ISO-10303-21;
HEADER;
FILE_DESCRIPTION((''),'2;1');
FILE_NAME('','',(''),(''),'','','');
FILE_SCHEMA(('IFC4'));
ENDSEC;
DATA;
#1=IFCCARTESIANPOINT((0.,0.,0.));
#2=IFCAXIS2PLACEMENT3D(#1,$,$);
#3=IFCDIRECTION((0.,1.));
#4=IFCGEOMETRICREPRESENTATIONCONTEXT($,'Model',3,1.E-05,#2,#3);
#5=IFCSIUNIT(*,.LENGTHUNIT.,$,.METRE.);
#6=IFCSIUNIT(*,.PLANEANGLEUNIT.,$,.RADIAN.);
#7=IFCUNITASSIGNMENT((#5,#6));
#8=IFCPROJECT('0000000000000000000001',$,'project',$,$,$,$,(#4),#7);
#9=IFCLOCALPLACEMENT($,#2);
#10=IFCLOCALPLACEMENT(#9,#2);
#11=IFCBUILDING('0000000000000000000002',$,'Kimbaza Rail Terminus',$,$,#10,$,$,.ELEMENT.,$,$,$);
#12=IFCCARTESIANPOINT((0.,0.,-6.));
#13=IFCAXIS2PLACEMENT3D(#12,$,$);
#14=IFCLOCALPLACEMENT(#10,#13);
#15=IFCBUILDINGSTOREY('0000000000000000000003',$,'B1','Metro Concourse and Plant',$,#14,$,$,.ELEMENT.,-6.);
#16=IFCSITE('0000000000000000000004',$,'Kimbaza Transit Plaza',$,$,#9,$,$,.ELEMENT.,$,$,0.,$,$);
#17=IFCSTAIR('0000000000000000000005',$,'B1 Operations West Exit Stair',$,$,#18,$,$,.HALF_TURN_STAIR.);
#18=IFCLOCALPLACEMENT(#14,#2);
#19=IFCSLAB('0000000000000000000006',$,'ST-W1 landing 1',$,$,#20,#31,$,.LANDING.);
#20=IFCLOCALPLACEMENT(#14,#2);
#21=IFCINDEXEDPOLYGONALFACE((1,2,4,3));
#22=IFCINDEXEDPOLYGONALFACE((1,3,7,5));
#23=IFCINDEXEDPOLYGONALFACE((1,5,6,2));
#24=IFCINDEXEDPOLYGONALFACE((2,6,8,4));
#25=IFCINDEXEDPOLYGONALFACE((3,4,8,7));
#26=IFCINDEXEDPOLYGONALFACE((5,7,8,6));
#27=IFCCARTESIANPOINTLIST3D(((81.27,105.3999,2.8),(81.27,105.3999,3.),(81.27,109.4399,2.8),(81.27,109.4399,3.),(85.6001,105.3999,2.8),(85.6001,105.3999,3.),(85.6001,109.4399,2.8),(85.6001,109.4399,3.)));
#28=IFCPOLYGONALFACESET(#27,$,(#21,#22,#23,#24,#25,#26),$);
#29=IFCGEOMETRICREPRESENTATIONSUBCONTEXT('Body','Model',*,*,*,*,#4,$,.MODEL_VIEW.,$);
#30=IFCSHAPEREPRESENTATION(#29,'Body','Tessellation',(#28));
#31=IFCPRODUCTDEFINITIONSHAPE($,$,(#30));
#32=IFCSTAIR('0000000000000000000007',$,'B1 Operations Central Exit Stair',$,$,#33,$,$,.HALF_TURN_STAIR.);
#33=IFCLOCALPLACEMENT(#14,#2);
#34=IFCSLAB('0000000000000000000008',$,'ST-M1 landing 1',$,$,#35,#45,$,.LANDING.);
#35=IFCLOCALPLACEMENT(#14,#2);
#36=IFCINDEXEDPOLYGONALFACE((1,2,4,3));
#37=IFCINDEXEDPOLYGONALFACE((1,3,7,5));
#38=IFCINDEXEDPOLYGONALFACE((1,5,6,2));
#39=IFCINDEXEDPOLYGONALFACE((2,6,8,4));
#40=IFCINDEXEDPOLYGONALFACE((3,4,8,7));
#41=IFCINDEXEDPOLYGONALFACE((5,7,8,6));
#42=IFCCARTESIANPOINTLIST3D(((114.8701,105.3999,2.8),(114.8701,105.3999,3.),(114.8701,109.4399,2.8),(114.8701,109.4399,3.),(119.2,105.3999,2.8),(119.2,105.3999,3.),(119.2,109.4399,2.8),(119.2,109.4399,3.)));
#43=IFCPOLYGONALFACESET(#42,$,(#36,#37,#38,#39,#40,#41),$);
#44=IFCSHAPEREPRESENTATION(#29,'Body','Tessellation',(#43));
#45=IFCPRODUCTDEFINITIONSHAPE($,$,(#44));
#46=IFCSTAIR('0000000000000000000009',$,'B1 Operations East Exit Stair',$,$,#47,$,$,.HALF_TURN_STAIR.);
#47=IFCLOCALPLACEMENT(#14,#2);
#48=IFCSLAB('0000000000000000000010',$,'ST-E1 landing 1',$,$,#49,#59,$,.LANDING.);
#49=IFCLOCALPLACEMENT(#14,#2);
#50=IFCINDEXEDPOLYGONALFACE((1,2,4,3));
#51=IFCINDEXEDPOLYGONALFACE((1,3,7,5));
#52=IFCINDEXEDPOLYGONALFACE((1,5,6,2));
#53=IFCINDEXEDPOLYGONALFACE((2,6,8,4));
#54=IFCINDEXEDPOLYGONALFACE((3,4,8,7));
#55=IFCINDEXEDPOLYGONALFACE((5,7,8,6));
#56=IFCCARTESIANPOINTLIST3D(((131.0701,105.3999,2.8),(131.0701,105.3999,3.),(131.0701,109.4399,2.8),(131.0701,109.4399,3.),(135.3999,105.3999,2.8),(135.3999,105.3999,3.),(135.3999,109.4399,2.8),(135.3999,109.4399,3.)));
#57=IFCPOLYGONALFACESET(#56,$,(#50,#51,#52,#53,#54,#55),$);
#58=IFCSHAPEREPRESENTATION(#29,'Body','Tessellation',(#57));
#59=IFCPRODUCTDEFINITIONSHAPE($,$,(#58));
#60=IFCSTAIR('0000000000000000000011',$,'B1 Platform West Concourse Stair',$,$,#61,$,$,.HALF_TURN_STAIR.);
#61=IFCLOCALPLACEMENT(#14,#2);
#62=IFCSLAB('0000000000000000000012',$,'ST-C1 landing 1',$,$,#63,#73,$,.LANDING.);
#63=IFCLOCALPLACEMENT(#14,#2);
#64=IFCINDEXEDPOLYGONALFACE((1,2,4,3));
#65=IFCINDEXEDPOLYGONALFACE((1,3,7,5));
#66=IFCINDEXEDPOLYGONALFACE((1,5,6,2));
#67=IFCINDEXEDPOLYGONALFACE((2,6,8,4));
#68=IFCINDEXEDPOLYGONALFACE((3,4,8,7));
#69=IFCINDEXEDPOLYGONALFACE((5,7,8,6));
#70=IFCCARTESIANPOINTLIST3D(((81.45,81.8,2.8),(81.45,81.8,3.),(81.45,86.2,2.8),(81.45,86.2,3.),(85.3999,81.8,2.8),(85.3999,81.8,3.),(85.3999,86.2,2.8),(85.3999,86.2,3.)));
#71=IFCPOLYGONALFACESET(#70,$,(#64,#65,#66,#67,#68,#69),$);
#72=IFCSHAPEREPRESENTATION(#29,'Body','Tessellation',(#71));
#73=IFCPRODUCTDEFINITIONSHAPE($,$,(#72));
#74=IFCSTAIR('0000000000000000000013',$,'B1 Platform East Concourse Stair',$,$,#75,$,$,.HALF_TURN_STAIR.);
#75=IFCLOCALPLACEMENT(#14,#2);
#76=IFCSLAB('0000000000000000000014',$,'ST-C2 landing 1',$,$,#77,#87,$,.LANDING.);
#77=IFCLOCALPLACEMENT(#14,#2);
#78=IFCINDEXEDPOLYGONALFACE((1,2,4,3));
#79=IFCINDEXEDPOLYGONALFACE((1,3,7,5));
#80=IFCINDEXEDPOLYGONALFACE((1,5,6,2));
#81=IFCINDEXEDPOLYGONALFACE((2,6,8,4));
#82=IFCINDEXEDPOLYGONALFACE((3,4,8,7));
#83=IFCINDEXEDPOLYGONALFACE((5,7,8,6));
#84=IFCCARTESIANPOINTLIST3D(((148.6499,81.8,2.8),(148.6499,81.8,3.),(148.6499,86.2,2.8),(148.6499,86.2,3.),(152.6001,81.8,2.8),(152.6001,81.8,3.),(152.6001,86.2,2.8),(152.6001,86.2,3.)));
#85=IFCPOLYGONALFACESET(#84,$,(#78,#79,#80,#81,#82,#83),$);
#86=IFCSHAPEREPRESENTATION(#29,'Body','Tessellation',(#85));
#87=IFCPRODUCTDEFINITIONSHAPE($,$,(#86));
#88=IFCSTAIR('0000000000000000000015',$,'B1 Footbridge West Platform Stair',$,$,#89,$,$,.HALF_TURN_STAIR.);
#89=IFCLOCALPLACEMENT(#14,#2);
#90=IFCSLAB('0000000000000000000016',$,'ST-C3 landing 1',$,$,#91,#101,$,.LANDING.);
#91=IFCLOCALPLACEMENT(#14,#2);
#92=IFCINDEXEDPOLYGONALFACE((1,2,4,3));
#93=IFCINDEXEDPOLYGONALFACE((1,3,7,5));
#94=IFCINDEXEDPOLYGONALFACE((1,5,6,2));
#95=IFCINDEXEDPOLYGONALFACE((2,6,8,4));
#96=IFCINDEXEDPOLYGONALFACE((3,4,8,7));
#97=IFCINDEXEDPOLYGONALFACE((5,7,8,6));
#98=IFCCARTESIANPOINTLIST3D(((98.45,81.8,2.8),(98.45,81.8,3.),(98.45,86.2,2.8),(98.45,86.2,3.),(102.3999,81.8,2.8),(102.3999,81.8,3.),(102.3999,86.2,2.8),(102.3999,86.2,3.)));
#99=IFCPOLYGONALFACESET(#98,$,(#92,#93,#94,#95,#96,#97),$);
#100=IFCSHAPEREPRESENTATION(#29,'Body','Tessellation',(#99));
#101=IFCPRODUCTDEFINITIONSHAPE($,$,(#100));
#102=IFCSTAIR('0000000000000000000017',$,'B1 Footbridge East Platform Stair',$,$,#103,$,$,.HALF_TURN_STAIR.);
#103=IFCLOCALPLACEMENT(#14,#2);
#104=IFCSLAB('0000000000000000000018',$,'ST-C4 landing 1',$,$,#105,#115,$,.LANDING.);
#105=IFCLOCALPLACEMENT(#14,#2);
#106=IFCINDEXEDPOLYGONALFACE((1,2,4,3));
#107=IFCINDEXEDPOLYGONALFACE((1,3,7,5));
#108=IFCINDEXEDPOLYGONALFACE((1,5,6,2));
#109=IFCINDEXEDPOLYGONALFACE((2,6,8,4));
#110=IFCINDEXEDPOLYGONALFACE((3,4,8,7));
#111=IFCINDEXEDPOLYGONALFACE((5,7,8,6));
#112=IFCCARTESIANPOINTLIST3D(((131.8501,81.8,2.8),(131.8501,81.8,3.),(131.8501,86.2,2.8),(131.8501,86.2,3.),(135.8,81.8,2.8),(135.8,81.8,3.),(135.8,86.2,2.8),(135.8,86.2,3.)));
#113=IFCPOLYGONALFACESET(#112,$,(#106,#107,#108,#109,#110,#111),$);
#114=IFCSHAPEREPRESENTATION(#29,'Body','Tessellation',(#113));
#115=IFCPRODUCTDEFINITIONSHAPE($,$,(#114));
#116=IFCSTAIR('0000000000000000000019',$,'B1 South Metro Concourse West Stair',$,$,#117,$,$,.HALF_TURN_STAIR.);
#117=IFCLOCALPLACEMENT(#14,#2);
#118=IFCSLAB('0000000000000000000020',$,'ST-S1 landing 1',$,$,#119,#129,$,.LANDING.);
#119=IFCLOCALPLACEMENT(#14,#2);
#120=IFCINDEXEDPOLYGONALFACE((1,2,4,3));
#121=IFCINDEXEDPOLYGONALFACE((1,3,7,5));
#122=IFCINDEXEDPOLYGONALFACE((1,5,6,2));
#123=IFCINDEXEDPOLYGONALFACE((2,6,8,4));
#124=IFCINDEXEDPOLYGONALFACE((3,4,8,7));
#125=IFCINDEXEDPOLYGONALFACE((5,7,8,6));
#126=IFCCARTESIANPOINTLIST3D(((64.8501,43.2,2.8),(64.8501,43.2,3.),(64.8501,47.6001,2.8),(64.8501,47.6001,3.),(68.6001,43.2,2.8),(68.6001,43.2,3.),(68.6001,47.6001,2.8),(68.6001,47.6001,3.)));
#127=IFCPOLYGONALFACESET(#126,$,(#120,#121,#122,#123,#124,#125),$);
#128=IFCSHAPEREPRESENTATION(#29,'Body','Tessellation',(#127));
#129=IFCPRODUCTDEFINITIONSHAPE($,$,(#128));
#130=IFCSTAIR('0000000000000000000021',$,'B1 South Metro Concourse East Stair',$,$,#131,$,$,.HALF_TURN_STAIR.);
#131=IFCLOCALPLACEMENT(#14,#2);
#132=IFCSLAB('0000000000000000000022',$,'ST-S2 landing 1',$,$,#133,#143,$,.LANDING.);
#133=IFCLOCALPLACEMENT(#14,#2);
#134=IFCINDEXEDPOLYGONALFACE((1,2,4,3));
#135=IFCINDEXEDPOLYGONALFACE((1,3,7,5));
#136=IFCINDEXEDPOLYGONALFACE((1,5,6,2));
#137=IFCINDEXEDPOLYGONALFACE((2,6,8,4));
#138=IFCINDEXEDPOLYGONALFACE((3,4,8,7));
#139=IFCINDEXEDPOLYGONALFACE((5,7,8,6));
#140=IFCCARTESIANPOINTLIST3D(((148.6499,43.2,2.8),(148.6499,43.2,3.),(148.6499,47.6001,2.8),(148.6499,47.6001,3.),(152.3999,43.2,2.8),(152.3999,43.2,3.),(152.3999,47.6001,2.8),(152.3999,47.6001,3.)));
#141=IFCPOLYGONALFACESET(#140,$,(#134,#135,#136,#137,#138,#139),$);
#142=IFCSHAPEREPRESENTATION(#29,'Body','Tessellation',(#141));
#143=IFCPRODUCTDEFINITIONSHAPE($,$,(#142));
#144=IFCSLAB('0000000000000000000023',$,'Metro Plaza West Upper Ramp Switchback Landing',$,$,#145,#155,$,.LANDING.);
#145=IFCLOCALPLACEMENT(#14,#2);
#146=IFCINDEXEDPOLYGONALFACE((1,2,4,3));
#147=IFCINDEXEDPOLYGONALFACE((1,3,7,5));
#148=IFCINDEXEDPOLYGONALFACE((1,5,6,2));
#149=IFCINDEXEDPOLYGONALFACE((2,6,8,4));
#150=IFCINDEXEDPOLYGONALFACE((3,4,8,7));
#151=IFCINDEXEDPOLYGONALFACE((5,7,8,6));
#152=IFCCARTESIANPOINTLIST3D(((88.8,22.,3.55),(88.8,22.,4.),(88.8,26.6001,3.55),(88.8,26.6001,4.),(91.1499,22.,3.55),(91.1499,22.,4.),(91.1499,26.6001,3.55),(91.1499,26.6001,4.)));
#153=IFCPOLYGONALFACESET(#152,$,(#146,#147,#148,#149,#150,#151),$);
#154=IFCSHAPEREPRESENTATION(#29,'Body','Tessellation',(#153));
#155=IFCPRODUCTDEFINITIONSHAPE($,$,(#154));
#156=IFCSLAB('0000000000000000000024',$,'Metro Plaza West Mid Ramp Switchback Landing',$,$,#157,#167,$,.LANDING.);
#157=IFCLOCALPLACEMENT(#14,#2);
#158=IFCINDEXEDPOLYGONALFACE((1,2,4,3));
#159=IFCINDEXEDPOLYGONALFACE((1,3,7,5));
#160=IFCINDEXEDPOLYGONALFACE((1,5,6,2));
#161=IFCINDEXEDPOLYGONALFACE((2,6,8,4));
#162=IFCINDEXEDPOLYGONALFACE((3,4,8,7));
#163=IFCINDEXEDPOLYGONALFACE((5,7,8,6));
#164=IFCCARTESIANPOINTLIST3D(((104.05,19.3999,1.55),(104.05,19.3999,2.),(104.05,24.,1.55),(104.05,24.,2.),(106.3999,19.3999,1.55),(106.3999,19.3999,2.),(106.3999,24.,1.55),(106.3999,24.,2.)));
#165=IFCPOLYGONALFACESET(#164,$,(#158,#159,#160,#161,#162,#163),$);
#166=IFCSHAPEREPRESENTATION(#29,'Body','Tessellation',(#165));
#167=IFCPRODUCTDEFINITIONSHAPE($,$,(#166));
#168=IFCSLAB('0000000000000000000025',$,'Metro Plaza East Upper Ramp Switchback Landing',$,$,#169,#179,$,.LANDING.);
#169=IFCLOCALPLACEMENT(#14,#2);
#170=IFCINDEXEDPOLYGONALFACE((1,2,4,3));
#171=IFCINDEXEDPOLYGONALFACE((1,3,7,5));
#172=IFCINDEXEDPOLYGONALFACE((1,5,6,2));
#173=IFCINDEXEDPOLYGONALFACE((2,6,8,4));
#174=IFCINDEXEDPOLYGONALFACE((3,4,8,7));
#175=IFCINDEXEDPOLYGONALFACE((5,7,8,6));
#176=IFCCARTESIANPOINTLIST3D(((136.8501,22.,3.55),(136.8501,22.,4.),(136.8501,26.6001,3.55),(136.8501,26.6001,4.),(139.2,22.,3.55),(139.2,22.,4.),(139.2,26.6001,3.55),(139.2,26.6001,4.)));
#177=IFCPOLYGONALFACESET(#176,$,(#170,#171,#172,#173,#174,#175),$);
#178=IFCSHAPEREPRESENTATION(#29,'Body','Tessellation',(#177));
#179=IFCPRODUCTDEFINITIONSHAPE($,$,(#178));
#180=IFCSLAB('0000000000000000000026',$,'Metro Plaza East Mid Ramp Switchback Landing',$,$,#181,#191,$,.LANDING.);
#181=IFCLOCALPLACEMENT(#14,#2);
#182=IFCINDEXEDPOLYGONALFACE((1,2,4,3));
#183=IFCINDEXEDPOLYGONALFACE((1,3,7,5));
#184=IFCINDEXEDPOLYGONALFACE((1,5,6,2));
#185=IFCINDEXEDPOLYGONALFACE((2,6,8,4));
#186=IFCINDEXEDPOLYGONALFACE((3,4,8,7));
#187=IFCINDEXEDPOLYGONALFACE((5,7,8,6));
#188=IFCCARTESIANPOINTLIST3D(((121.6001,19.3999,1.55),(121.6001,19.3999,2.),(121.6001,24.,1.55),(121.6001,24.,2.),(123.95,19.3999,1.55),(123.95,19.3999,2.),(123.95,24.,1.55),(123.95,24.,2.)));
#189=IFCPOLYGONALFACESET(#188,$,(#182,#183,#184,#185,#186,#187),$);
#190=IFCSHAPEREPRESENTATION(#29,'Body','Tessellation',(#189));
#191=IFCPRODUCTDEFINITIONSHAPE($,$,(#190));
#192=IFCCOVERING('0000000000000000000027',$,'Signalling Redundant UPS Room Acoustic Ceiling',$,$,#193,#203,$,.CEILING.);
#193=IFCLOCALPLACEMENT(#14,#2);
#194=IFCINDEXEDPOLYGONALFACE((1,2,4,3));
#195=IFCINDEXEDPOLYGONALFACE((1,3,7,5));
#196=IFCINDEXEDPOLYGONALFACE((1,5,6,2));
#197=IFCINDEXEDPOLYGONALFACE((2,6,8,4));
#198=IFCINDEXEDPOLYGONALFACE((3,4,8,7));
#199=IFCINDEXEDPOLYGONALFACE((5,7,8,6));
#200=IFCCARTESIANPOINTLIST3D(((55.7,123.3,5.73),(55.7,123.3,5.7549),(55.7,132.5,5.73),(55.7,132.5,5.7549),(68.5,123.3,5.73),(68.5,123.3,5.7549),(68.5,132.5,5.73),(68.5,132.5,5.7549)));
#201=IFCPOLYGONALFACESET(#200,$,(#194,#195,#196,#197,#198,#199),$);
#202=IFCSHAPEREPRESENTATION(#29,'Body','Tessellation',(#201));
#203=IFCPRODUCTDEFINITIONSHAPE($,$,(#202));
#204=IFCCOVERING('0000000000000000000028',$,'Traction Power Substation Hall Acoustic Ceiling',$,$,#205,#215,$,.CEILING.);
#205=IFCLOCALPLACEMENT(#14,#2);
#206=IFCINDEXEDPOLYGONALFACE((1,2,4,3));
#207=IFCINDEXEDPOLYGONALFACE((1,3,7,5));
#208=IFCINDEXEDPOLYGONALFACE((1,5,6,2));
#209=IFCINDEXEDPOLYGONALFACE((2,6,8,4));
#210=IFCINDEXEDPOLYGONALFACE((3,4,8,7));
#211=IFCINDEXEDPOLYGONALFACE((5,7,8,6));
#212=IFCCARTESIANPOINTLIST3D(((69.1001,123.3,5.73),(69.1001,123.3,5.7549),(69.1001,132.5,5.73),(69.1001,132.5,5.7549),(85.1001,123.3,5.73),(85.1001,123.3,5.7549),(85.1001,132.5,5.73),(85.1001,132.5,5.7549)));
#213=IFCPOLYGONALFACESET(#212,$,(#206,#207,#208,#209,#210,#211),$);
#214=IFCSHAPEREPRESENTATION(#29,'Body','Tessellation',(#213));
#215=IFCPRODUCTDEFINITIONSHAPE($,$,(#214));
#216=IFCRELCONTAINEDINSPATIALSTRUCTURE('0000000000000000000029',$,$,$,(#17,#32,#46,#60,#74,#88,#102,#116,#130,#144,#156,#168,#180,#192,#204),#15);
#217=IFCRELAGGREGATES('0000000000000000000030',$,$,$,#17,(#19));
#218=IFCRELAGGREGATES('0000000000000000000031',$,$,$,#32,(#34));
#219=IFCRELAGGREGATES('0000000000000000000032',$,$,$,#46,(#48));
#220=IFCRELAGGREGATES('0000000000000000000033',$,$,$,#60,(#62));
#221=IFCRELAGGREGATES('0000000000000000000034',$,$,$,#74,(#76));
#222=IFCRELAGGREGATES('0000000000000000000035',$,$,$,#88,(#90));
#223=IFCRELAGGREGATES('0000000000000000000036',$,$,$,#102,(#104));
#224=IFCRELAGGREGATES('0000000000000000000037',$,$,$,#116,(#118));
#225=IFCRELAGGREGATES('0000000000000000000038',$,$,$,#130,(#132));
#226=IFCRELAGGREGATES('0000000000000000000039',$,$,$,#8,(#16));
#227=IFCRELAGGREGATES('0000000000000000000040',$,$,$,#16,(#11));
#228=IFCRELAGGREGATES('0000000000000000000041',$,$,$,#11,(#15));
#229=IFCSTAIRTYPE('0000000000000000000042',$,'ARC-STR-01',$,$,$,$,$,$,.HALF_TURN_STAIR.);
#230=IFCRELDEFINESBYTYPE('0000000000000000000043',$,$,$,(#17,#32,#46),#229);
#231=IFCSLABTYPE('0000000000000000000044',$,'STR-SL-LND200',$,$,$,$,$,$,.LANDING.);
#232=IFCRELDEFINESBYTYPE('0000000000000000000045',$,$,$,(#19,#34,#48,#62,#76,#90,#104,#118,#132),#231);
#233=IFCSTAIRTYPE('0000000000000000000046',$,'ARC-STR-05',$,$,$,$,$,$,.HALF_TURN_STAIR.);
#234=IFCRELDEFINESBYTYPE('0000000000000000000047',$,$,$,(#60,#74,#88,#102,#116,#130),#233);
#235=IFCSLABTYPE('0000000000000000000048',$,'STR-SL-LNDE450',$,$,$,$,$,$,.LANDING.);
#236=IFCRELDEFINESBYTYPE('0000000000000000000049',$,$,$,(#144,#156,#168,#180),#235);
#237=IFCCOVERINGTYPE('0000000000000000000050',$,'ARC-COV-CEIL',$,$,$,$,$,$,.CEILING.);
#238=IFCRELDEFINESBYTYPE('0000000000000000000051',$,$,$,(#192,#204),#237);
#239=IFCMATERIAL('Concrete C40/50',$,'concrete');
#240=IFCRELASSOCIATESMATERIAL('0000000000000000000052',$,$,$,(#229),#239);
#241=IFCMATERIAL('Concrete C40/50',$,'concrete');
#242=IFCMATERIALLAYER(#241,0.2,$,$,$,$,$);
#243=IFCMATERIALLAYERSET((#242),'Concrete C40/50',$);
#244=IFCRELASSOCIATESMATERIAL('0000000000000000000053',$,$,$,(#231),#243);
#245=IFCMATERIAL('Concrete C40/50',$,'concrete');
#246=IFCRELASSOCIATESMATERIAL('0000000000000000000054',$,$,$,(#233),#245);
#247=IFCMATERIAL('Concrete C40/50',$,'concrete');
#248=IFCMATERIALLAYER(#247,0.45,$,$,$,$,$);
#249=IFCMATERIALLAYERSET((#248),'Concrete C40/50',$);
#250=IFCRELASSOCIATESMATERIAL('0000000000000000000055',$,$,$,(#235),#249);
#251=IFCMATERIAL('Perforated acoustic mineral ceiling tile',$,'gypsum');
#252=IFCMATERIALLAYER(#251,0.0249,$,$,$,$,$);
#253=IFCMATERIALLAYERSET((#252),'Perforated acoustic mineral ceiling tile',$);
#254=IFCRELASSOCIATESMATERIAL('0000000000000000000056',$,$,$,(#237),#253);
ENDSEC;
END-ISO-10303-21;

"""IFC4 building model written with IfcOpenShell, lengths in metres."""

from ifc_helpers import new_model, si_unit, direction, frame, origin, place, context, subcontext, project, spatial, polyline, outline, extrude, material, layer, layer_set, type_object, element, aggregate, save


model = new_model("IFC4")

# Units and contexts
model_context = context("Model", 3, precision=1e-05, world=origin(), true_north=direction((0.0, 1.0)))
body_context = subcontext(model_context, "Body", "Model", "MODEL_VIEW")
ifc_project = project(units=[si_unit("LENGTHUNIT", "METRE"), si_unit("PLANEANGLEUNIT", "RADIAN")], contexts=[model_context])

# Site, building, storey
site_placement = place(None, origin())
site = spatial("IfcSite", under=ifc_project, at=site_placement, Name="Kimbaza Transit Plaza", CompositionType="ELEMENT", RefElevation=0.0)
building_placement = place(site_placement, origin())
building = spatial("IfcBuilding", under=site, at=building_placement, Name="Kimbaza Rail Terminus", CompositionType="ELEMENT")
storey_placement = place(building_placement, frame((0.0, 0.0, -6.0)))
storey = spatial("IfcBuildingStorey", under=building, at=storey_placement, Name="B1", Description="Metro Concourse and Plant", CompositionType="ELEMENT", Elevation=-6.0)

# Stairs, slabs
ifc_material_1 = material(Name="Concrete C40/50", Category="concrete")
stair_type_1 = type_object("IfcStairType", Name="ARC-STR-01", PredefinedType="HALF_TURN_STAIR", material=ifc_material_1)
stair_1_placement = place(storey_placement, origin())
stair_1 = element("IfcStair", 1, at=stair_1_placement, inside=storey, type_object=stair_type_1, Name="B1 Operations West Exit Stair", PredefinedType="HALF_TURN_STAIR")
ifc_material_2 = material(Name="Concrete C40/50", Category="concrete")
ifc_layer_1 = layer(ifc_material_2, 0.2)
ifc_layer_set_1 = layer_set([ifc_layer_1], Name="Concrete C40/50")
slab_type_1 = type_object("IfcSlabType", Name="STR-SL-LND200", PredefinedType="LANDING", material=ifc_layer_set_1)
slab_1_placement = place(storey_placement, frame((0.0, 0.0, 2.8)))
slab_1 = element("IfcSlab", 2, at=slab_1_placement, type_object=slab_type_1, Name="ST-W1 landing 1", PredefinedType="LANDING", context=body_context, shape_type="SweptSolid", body=[
    extrude(outline(polyline([(81.27, 105.3999), (85.6001, 105.3999), (85.6001, 109.4399), (81.27, 109.4399), (81.27, 105.3999)])), origin(), (0.0, 0.0, 1.0), 0.2),
])
aggregate(stair_1, [slab_1])
stair_2_placement = place(storey_placement, origin())
stair_2 = element("IfcStair", 3, at=stair_2_placement, inside=storey, type_object=stair_type_1, Name="B1 Operations Central Exit Stair", PredefinedType="HALF_TURN_STAIR")
slab_2_placement = place(storey_placement, frame((0.0, 0.0, 2.8)))
slab_2 = element("IfcSlab", 4, at=slab_2_placement, type_object=slab_type_1, Name="ST-M1 landing 1", PredefinedType="LANDING", context=body_context, shape_type="SweptSolid", body=[
    extrude(outline(polyline([(114.8701, 105.3999), (119.2, 105.3999), (119.2, 109.4399), (114.8701, 109.4399), (114.8701, 105.3999)])), origin(), (0.0, 0.0, 1.0), 0.2),
])
aggregate(stair_2, [slab_2])
stair_3_placement = place(storey_placement, origin())
stair_3 = element("IfcStair", 5, at=stair_3_placement, inside=storey, type_object=stair_type_1, Name="B1 Operations East Exit Stair", PredefinedType="HALF_TURN_STAIR")
slab_3_placement = place(storey_placement, frame((0.0, 0.0, 2.8)))
slab_3 = element("IfcSlab", 6, at=slab_3_placement, type_object=slab_type_1, Name="ST-E1 landing 1", PredefinedType="LANDING", context=body_context, shape_type="SweptSolid", body=[
    extrude(outline(polyline([(131.0701, 105.3999), (135.3999, 105.3999), (135.3999, 109.4399), (131.0701, 109.4399), (131.0701, 105.3999)])), origin(), (0.0, 0.0, 1.0), 0.2),
])
aggregate(stair_3, [slab_3])
ifc_material_3 = material(Name="Concrete C40/50", Category="concrete")
stair_type_2 = type_object("IfcStairType", Name="ARC-STR-05", PredefinedType="HALF_TURN_STAIR", material=ifc_material_3)
stair_4_placement = place(storey_placement, origin())
stair_4 = element("IfcStair", 7, at=stair_4_placement, inside=storey, type_object=stair_type_2, Name="B1 Platform West Concourse Stair", PredefinedType="HALF_TURN_STAIR")
slab_4_placement = place(storey_placement, frame((0.0, 0.0, 2.8)))
slab_4 = element("IfcSlab", 8, at=slab_4_placement, type_object=slab_type_1, Name="ST-C1 landing 1", PredefinedType="LANDING", context=body_context, shape_type="SweptSolid", body=[
    extrude(outline(polyline([(81.45, 81.8), (85.3999, 81.8), (85.3999, 86.2), (81.45, 86.2), (81.45, 81.8)])), origin(), (0.0, 0.0, 1.0), 0.2),
])
aggregate(stair_4, [slab_4])
stair_5_placement = place(storey_placement, origin())
stair_5 = element("IfcStair", 9, at=stair_5_placement, inside=storey, type_object=stair_type_2, Name="B1 Platform East Concourse Stair", PredefinedType="HALF_TURN_STAIR")
slab_5_placement = place(storey_placement, frame((0.0, 0.0, 2.8)))
slab_5 = element("IfcSlab", 10, at=slab_5_placement, type_object=slab_type_1, Name="ST-C2 landing 1", PredefinedType="LANDING", context=body_context, shape_type="SweptSolid", body=[
    extrude(outline(polyline([(148.6499, 81.8), (152.6001, 81.8), (152.6001, 86.2), (148.6499, 86.2), (148.6499, 81.8)])), origin(), (0.0, 0.0, 1.0), 0.2),
])
aggregate(stair_5, [slab_5])
stair_6_placement = place(storey_placement, origin())
stair_6 = element("IfcStair", 11, at=stair_6_placement, inside=storey, type_object=stair_type_2, Name="B1 Footbridge West Platform Stair", PredefinedType="HALF_TURN_STAIR")
slab_6_placement = place(storey_placement, frame((0.0, 0.0, 2.8)))
slab_6 = element("IfcSlab", 12, at=slab_6_placement, type_object=slab_type_1, Name="ST-C3 landing 1", PredefinedType="LANDING", context=body_context, shape_type="SweptSolid", body=[
    extrude(outline(polyline([(98.45, 81.8), (102.3999, 81.8), (102.3999, 86.2), (98.45, 86.2), (98.45, 81.8)])), origin(), (0.0, 0.0, 1.0), 0.2),
])
aggregate(stair_6, [slab_6])
stair_7_placement = place(storey_placement, origin())
stair_7 = element("IfcStair", 13, at=stair_7_placement, inside=storey, type_object=stair_type_2, Name="B1 Footbridge East Platform Stair", PredefinedType="HALF_TURN_STAIR")
slab_7_placement = place(storey_placement, frame((0.0, 0.0, 2.8)))
slab_7 = element("IfcSlab", 14, at=slab_7_placement, type_object=slab_type_1, Name="ST-C4 landing 1", PredefinedType="LANDING", context=body_context, shape_type="SweptSolid", body=[
    extrude(outline(polyline([(131.8501, 81.8), (135.8, 81.8), (135.8, 86.2), (131.8501, 86.2), (131.8501, 81.8)])), origin(), (0.0, 0.0, 1.0), 0.2),
])
aggregate(stair_7, [slab_7])
stair_8_placement = place(storey_placement, origin())
stair_8 = element("IfcStair", 15, at=stair_8_placement, inside=storey, type_object=stair_type_2, Name="B1 South Metro Concourse West Stair", PredefinedType="HALF_TURN_STAIR")
slab_8_placement = place(storey_placement, frame((0.0, 0.0, 2.8)))
slab_8 = element("IfcSlab", 16, at=slab_8_placement, type_object=slab_type_1, Name="ST-S1 landing 1", PredefinedType="LANDING", context=body_context, shape_type="SweptSolid", body=[
    extrude(outline(polyline([(64.8501, 43.2), (68.6001, 43.2), (68.6001, 47.6001), (64.8501, 47.6001), (64.8501, 43.2)])), origin(), (0.0, 0.0, 1.0), 0.2),
])
aggregate(stair_8, [slab_8])
stair_9_placement = place(storey_placement, origin())
stair_9 = element("IfcStair", 17, at=stair_9_placement, inside=storey, type_object=stair_type_2, Name="B1 South Metro Concourse East Stair", PredefinedType="HALF_TURN_STAIR")
slab_9_placement = place(storey_placement, frame((0.0, 0.0, 2.8)))
slab_9 = element("IfcSlab", 18, at=slab_9_placement, type_object=slab_type_1, Name="ST-S2 landing 1", PredefinedType="LANDING", context=body_context, shape_type="SweptSolid", body=[
    extrude(outline(polyline([(148.6499, 43.2), (152.3999, 43.2), (152.3999, 47.6001), (148.6499, 47.6001), (148.6499, 43.2)])), origin(), (0.0, 0.0, 1.0), 0.2),
])
aggregate(stair_9, [slab_9])

# Slabs
ifc_material_4 = material(Name="Concrete C40/50", Category="concrete")
ifc_layer_2 = layer(ifc_material_4, 0.45)
ifc_layer_set_2 = layer_set([ifc_layer_2], Name="Concrete C40/50")
slab_type_2 = type_object("IfcSlabType", Name="STR-SL-LNDE450", PredefinedType="LANDING", material=ifc_layer_set_2)
slab_10_placement = place(storey_placement, frame((0.0, 0.0, 3.55)))
element("IfcSlab", 19, at=slab_10_placement, inside=storey, type_object=slab_type_2, Name="Metro Plaza West Upper Ramp Switchback Landing", PredefinedType="LANDING", context=body_context, shape_type="SweptSolid", body=[
    extrude(outline(polyline([(88.8, 22.0), (91.1499, 22.0), (91.1499, 26.6001), (88.8, 26.6001), (88.8, 22.0)])), origin(), (0.0, 0.0, 1.0), 0.45),
])
slab_11_placement = place(storey_placement, frame((0.0, 0.0, 1.55)))
element("IfcSlab", 20, at=slab_11_placement, inside=storey, type_object=slab_type_2, Name="Metro Plaza West Mid Ramp Switchback Landing", PredefinedType="LANDING", context=body_context, shape_type="SweptSolid", body=[
    extrude(outline(polyline([(104.05, 19.3999), (106.3999, 19.3999), (106.3999, 24.0), (104.05, 24.0), (104.05, 19.3999)])), origin(), (0.0, 0.0, 1.0), 0.45),
])
slab_12_placement = place(storey_placement, frame((0.0, 0.0, 3.55)))
element("IfcSlab", 21, at=slab_12_placement, inside=storey, type_object=slab_type_2, Name="Metro Plaza East Upper Ramp Switchback Landing", PredefinedType="LANDING", context=body_context, shape_type="SweptSolid", body=[
    extrude(outline(polyline([(136.8501, 22.0), (139.2, 22.0), (139.2, 26.6001), (136.8501, 26.6001), (136.8501, 22.0)])), origin(), (0.0, 0.0, 1.0), 0.45),
])
slab_13_placement = place(storey_placement, frame((0.0, 0.0, 1.55)))
element("IfcSlab", 22, at=slab_13_placement, inside=storey, type_object=slab_type_2, Name="Metro Plaza East Mid Ramp Switchback Landing", PredefinedType="LANDING", context=body_context, shape_type="SweptSolid", body=[
    extrude(outline(polyline([(121.6001, 19.3999), (123.95, 19.3999), (123.95, 24.0), (121.6001, 24.0), (121.6001, 19.3999)])), origin(), (0.0, 0.0, 1.0), 0.45),
])

# Coverings
ifc_material_5 = material(Name="Perforated acoustic mineral ceiling tile", Category="gypsum")
ifc_layer_3 = layer(ifc_material_5, 0.0249)
ifc_layer_set_3 = layer_set([ifc_layer_3], Name="Perforated acoustic mineral ceiling tile")
covering_type_1 = type_object("IfcCoveringType", Name="ARC-COV-CEIL", PredefinedType="CEILING", material=ifc_layer_set_3)
covering_1_placement = place(storey_placement, frame((0.0, 0.0, 5.73)))
element("IfcCovering", 23, at=covering_1_placement, inside=storey, type_object=covering_type_1, Name="Signalling Redundant UPS Room Acoustic Ceiling", PredefinedType="CEILING", context=body_context, shape_type="SweptSolid", body=[
    extrude(outline(polyline([(55.7, 123.3), (68.5, 123.3), (68.5, 132.5), (55.7, 132.5), (55.7, 123.3)])), origin(), (0.0, 0.0, 1.0), 0.0249),
])
covering_2_placement = place(storey_placement, frame((0.0, 0.0, 5.73)))
element("IfcCovering", 24, at=covering_2_placement, inside=storey, type_object=covering_type_1, Name="Traction Power Substation Hall Acoustic Ceiling", PredefinedType="CEILING", context=body_context, shape_type="SweptSolid", body=[
    extrude(outline(polyline([(69.1001, 123.3), (85.1001, 123.3), (85.1001, 132.5), (69.1001, 132.5), (69.1001, 123.3)])), origin(), (0.0, 0.0, 1.0), 0.0249),
])

save(model, "model.ifc")
